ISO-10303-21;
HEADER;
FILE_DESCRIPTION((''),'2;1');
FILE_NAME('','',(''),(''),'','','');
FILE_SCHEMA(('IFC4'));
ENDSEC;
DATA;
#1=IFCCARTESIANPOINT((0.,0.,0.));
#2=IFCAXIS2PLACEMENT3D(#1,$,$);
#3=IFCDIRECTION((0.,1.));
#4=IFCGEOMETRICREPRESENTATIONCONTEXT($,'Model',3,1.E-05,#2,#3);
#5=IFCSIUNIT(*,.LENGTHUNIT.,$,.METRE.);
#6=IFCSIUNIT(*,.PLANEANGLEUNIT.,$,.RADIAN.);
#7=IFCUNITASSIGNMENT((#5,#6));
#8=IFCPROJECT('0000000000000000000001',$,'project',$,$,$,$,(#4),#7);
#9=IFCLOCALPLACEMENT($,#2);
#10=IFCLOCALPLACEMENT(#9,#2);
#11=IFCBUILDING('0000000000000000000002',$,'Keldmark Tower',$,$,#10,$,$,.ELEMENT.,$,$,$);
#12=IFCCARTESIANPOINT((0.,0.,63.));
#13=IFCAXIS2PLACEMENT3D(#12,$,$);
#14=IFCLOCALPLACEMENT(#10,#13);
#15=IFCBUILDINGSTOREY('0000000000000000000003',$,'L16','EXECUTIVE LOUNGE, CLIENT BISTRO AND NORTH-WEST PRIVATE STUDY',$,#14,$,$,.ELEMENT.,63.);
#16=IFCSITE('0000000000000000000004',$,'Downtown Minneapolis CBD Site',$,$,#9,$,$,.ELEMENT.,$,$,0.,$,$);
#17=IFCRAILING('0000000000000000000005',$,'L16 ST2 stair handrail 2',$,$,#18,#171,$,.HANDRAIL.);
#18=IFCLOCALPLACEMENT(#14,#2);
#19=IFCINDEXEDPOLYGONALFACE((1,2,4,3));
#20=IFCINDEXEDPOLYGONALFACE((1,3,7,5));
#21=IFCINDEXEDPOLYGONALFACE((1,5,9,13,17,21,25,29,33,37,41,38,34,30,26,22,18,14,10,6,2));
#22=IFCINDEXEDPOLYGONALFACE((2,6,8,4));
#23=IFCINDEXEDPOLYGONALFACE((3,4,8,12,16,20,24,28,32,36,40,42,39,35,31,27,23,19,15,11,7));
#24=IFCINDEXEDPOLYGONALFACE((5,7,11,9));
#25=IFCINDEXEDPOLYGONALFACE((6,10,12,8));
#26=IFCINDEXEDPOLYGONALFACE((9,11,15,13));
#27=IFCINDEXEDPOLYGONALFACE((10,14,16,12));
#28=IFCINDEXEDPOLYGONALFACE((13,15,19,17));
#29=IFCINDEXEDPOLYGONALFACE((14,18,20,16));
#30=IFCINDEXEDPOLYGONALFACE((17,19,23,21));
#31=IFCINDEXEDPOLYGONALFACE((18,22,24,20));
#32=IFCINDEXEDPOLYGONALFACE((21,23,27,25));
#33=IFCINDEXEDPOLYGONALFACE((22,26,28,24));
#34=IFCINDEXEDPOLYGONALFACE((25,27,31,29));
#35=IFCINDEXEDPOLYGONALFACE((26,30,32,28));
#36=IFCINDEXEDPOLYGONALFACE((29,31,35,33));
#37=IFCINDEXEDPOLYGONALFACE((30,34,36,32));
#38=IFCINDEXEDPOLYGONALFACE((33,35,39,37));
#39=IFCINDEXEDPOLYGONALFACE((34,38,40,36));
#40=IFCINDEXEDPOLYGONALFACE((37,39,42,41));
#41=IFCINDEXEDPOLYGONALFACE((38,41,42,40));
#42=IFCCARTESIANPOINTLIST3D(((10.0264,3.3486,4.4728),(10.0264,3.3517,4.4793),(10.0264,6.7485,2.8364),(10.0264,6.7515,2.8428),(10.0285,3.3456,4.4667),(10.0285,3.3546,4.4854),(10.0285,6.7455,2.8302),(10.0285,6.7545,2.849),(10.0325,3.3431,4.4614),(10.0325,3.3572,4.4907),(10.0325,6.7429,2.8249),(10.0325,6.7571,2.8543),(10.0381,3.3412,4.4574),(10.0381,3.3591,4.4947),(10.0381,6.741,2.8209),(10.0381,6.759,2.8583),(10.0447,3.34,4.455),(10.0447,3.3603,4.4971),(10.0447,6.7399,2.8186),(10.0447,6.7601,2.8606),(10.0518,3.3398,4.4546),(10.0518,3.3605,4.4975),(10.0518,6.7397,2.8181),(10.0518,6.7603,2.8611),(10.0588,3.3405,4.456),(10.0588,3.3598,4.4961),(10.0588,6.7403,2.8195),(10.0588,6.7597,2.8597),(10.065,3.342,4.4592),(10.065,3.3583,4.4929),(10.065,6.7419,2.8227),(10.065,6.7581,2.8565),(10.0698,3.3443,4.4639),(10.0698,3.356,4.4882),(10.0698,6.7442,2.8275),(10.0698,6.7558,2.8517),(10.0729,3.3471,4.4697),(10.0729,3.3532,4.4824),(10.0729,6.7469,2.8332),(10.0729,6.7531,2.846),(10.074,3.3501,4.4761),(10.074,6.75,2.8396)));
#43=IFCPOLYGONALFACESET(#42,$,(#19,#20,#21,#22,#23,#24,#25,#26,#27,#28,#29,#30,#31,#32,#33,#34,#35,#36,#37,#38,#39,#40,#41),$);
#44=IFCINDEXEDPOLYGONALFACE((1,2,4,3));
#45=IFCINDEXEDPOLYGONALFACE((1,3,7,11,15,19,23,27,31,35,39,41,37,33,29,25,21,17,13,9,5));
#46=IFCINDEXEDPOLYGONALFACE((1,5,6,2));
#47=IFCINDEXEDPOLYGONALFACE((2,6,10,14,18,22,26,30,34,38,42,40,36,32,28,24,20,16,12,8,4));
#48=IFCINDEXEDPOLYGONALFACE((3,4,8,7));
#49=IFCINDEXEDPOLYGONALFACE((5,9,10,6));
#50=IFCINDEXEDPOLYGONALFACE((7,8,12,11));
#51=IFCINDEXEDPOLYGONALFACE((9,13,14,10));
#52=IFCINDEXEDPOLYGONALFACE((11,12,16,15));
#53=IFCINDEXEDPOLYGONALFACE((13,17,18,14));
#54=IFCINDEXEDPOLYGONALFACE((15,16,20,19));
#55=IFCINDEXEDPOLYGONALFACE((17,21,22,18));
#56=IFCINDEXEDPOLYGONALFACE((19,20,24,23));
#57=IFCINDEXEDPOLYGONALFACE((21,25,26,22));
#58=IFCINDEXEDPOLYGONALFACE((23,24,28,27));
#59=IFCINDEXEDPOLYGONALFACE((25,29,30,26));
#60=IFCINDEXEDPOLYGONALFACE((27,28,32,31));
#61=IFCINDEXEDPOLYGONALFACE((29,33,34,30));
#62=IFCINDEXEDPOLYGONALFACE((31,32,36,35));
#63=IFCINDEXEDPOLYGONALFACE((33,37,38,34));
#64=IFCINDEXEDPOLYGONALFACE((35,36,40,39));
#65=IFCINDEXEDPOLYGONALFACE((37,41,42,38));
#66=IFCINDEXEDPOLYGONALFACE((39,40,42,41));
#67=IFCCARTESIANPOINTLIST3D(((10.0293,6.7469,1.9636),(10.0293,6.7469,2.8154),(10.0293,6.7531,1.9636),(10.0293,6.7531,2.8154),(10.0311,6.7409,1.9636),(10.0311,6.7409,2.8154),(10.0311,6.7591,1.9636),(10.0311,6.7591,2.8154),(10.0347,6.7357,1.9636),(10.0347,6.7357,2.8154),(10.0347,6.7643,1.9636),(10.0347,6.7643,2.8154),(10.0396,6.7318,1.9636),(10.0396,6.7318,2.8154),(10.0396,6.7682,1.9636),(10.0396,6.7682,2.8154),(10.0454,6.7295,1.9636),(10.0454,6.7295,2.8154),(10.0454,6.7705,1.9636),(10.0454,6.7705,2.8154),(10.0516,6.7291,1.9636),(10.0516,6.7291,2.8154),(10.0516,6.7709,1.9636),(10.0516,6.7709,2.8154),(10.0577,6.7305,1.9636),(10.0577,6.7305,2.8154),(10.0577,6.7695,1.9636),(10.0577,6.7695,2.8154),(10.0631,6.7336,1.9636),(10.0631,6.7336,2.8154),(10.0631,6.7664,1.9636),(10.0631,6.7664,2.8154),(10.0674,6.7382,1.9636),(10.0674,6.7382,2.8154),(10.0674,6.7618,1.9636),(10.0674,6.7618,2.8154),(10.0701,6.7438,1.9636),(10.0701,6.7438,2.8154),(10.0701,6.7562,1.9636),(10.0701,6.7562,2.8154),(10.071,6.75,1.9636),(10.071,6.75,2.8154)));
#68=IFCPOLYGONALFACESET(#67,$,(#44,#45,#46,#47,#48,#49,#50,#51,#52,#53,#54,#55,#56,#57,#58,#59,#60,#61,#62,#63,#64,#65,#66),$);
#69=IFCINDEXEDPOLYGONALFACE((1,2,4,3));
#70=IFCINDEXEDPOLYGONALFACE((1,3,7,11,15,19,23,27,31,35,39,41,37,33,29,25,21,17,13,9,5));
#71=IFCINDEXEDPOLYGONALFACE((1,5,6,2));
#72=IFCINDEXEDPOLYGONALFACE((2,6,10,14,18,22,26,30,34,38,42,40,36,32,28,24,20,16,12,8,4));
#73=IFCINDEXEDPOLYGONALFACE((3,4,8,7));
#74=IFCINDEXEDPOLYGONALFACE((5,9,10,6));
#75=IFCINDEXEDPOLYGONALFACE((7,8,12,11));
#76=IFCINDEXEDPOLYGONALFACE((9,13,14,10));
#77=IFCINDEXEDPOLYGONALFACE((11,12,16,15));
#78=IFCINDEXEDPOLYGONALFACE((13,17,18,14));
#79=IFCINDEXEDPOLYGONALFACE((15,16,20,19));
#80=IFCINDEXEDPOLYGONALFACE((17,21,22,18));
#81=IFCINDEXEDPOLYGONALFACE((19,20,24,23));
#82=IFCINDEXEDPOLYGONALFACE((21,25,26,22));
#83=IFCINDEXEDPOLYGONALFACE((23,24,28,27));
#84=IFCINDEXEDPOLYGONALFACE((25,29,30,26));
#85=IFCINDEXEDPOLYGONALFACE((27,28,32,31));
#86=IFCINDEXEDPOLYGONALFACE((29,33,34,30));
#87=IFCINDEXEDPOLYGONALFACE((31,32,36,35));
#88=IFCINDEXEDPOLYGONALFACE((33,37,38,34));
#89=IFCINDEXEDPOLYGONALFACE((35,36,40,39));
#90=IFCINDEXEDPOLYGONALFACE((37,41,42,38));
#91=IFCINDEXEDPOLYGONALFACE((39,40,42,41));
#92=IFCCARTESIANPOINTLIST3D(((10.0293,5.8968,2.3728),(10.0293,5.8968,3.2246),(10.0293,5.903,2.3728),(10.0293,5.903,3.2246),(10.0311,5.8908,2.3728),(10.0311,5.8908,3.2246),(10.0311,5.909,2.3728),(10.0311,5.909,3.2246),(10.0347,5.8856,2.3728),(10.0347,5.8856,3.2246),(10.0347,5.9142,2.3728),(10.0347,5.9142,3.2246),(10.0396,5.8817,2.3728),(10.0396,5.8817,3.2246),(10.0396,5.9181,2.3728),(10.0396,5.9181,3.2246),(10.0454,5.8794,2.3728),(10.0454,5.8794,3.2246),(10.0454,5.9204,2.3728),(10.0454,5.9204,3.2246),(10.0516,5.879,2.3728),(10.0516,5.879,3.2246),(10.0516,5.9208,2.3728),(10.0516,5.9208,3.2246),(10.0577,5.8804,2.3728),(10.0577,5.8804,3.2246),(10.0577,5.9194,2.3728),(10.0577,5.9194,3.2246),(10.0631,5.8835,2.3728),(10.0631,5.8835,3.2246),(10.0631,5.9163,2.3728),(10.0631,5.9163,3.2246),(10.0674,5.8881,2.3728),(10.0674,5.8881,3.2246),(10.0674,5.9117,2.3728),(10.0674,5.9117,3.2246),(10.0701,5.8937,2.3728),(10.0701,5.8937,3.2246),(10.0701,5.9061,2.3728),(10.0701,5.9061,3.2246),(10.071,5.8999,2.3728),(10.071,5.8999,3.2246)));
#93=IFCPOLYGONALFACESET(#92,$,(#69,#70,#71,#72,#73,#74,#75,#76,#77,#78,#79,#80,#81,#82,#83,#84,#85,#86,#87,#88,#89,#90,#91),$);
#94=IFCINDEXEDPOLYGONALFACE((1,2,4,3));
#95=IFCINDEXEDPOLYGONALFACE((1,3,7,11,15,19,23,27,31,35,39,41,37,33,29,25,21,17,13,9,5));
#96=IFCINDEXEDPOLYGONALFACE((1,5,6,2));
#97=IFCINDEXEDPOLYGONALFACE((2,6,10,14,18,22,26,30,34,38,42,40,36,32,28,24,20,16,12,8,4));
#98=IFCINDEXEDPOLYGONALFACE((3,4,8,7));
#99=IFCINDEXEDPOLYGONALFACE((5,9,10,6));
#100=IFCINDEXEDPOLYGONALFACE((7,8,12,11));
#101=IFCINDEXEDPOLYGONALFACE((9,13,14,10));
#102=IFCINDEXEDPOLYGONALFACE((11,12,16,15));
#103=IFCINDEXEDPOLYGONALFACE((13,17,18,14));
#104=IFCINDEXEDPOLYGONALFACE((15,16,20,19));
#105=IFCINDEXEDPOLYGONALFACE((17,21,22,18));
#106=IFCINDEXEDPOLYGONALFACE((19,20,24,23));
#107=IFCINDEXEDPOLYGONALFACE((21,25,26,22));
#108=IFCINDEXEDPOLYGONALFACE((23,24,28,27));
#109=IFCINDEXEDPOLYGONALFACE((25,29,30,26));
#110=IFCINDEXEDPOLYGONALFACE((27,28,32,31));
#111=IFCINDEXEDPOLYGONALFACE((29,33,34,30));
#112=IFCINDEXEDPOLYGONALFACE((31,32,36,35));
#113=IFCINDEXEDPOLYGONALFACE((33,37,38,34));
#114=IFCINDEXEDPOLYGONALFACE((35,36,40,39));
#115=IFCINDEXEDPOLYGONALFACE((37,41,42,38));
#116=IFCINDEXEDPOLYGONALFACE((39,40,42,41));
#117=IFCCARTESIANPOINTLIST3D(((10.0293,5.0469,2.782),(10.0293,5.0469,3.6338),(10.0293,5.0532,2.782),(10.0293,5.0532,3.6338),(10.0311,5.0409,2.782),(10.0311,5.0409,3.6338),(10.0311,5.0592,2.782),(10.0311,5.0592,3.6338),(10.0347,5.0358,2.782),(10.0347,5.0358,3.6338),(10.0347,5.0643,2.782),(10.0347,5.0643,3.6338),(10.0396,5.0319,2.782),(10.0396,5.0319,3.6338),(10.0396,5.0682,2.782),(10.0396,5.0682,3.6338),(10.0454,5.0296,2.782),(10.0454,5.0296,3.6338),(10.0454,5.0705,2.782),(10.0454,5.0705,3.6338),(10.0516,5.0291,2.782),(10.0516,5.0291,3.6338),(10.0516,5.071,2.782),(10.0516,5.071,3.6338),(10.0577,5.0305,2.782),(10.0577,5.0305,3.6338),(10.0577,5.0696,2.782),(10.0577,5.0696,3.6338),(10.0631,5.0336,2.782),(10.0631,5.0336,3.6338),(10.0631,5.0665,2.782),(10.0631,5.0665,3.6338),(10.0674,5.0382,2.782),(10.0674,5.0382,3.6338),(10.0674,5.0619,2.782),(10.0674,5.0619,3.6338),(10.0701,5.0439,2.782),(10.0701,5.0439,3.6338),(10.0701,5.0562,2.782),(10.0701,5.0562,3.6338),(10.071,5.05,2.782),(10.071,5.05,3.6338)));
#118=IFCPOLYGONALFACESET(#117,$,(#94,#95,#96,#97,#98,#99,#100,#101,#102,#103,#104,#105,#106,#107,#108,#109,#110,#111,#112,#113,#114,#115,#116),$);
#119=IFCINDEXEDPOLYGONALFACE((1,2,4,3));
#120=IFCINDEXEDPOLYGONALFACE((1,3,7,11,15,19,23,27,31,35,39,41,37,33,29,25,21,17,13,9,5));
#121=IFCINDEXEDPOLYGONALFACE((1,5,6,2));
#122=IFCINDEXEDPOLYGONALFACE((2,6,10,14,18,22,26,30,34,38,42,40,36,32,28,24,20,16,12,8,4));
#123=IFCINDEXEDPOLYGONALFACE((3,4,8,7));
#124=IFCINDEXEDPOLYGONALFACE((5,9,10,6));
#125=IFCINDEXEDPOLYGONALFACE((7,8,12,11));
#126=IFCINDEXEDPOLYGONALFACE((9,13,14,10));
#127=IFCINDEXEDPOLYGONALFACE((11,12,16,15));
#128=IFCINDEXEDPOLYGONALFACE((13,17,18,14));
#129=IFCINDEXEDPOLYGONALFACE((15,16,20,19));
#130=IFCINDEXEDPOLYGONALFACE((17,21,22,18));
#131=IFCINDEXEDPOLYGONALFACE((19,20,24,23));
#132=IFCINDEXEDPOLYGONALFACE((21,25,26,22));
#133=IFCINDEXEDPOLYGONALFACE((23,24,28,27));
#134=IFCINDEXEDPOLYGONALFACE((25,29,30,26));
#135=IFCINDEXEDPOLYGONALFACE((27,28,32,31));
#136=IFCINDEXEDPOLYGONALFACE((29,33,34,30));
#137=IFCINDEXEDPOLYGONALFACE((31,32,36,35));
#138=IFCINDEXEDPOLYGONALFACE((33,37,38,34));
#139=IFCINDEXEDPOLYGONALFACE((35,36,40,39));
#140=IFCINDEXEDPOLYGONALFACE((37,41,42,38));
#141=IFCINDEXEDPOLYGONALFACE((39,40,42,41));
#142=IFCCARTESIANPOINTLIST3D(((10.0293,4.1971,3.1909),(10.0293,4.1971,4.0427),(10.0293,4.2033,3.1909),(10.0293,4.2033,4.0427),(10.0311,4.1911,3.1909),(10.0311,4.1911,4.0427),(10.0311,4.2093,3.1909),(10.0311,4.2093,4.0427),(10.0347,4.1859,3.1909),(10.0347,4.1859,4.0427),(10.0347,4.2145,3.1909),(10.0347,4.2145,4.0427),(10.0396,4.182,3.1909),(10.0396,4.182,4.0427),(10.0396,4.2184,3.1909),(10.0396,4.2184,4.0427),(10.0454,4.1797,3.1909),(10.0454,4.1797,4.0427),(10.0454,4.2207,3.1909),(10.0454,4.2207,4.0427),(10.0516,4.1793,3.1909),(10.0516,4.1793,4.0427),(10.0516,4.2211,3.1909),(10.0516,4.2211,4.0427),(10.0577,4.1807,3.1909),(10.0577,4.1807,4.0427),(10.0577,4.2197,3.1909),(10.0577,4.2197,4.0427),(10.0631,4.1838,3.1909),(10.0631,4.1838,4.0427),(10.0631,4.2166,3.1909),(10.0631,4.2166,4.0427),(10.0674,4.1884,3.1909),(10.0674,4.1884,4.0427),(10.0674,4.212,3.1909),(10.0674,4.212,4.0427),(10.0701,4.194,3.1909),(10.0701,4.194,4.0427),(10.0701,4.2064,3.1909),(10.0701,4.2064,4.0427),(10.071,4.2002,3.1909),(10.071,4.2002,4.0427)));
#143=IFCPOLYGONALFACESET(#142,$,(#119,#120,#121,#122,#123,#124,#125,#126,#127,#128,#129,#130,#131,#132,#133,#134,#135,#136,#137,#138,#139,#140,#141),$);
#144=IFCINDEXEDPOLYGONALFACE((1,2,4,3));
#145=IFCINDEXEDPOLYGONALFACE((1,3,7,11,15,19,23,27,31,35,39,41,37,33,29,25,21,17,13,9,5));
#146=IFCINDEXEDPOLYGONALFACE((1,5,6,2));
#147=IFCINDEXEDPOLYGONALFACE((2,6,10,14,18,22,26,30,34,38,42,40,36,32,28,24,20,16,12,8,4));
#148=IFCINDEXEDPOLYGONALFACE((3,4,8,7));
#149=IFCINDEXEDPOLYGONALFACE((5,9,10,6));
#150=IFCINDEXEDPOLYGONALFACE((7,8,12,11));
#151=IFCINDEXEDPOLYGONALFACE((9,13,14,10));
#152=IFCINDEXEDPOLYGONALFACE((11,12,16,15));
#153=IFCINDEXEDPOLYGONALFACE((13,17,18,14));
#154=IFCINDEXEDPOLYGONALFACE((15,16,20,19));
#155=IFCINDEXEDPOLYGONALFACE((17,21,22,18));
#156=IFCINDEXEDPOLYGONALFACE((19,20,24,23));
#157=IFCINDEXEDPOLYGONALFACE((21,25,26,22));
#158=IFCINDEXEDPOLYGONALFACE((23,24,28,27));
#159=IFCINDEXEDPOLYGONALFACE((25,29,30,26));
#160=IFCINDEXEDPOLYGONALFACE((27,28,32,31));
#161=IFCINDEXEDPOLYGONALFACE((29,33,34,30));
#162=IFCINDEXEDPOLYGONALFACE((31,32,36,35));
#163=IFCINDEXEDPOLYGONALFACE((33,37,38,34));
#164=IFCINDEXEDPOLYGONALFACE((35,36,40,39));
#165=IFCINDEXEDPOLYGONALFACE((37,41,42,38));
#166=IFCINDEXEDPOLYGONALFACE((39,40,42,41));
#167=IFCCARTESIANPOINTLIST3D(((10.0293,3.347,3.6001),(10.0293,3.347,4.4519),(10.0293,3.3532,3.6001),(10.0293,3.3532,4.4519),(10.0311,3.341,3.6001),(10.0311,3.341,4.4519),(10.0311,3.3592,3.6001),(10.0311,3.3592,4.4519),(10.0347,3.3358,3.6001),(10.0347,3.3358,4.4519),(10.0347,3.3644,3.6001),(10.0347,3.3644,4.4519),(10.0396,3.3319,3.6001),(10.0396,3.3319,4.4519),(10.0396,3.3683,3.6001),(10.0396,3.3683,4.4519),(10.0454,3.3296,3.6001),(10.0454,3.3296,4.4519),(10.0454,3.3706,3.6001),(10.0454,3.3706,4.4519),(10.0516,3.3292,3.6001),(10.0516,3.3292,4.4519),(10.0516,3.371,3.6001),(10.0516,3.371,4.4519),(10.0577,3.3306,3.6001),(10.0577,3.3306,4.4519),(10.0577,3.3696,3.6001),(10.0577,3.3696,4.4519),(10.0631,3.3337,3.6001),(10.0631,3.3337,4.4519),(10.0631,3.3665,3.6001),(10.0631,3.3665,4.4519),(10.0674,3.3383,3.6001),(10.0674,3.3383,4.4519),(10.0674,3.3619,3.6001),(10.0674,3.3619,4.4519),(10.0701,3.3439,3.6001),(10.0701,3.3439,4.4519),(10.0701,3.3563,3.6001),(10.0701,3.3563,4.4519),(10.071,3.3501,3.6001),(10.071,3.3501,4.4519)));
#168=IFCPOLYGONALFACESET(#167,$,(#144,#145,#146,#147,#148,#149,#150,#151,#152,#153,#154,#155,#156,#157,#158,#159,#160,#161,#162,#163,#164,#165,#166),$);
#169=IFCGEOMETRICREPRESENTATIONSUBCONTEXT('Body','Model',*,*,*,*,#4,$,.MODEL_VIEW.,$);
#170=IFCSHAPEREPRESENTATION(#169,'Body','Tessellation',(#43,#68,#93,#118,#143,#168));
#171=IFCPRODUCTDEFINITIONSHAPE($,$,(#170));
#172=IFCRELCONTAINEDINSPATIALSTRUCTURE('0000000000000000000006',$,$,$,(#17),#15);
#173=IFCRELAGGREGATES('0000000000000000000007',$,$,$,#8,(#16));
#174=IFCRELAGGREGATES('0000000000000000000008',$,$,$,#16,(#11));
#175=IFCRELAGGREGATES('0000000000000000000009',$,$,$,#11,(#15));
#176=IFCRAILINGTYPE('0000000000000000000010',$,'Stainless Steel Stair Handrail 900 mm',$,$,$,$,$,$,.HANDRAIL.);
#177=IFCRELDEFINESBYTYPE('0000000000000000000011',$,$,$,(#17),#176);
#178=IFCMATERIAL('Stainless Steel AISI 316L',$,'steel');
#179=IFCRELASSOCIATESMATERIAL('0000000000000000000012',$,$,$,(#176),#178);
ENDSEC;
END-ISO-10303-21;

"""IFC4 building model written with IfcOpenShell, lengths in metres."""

from ifc_helpers import new_model, si_unit, direction, frame, origin, origin_2d, place, context, subcontext, project, spatial, circle, extrude, material, type_object, element, save


model = new_model("IFC4")

# Units and contexts
model_context = context("Model", 3, precision=1e-05, world=origin(), true_north=direction((0.0, 1.0)))
body_context = subcontext(model_context, "Body", "Model", "MODEL_VIEW")
ifc_project = project(units=[si_unit("LENGTHUNIT", "METRE"), si_unit("PLANEANGLEUNIT", "RADIAN")], contexts=[model_context])

# Site, building, storey
site_placement = place(None, origin())
site = spatial("IfcSite", under=ifc_project, at=site_placement, Name="Downtown Minneapolis CBD Site", CompositionType="ELEMENT", RefElevation=0.0)
building_placement = place(site_placement, origin())
building = spatial("IfcBuilding", under=site, at=building_placement, Name="Keldmark Tower", CompositionType="ELEMENT")
storey_placement = place(building_placement, frame((0.0, 0.0, 63.0)))
storey = spatial("IfcBuildingStorey", under=building, at=storey_placement, Name="L16", Description="EXECUTIVE LOUNGE, CLIENT BISTRO AND NORTH-WEST PRIVATE STUDY", CompositionType="ELEMENT", Elevation=63.0)

# Railing
ifc_material_1 = material(Name="Stainless Steel AISI 316L", Category="steel")
railing_type_1 = type_object("IfcRailingType", Name="Stainless Steel Stair Handrail 900 mm", PredefinedType="HANDRAIL", material=ifc_material_1)
railing_1_placement = place(storey_placement, frame((10.05, 6.75, 1.9636)))
element("IfcRailing", 1, at=railing_1_placement, inside=storey, type_object=railing_type_1, Name="L16 ST2 stair handrail 2", PredefinedType="HANDRAIL", context=body_context, shape_type="SweptSolid", body=[
    extrude(circle(Radius=0.0239, at=origin_2d()), frame((0.0, 0.0, 0.876), z_axis=(0.0, -0.901055, 0.433705), x_axis=(1.0, 0.0, 0.0)), (0.0, 0.0, 1.0), 3.7732),
    extrude(circle(Radius=0.021, at=origin_2d()), origin(), (0.0, 0.0, 1.0), 0.8518),
    extrude(circle(Radius=0.021, at=origin_2d()), frame((0.0, -0.8501, 0.4092)), (0.0, 0.0, 1.0), 0.8518),
    extrude(circle(Radius=0.021, at=origin_2d()), frame((0.0, -1.7, 0.8184)), (0.0, 0.0, 1.0), 0.8518),
    extrude(circle(Radius=0.021, at=origin_2d()), frame((0.0, -2.5498, 1.2273)), (0.0, 0.0, 1.0), 0.8518),
    extrude(circle(Radius=0.021, at=origin_2d()), frame((0.0, -3.3999, 1.6365)), (0.0, 0.0, 1.0), 0.8518),
])

save(model, "model.ifc")
